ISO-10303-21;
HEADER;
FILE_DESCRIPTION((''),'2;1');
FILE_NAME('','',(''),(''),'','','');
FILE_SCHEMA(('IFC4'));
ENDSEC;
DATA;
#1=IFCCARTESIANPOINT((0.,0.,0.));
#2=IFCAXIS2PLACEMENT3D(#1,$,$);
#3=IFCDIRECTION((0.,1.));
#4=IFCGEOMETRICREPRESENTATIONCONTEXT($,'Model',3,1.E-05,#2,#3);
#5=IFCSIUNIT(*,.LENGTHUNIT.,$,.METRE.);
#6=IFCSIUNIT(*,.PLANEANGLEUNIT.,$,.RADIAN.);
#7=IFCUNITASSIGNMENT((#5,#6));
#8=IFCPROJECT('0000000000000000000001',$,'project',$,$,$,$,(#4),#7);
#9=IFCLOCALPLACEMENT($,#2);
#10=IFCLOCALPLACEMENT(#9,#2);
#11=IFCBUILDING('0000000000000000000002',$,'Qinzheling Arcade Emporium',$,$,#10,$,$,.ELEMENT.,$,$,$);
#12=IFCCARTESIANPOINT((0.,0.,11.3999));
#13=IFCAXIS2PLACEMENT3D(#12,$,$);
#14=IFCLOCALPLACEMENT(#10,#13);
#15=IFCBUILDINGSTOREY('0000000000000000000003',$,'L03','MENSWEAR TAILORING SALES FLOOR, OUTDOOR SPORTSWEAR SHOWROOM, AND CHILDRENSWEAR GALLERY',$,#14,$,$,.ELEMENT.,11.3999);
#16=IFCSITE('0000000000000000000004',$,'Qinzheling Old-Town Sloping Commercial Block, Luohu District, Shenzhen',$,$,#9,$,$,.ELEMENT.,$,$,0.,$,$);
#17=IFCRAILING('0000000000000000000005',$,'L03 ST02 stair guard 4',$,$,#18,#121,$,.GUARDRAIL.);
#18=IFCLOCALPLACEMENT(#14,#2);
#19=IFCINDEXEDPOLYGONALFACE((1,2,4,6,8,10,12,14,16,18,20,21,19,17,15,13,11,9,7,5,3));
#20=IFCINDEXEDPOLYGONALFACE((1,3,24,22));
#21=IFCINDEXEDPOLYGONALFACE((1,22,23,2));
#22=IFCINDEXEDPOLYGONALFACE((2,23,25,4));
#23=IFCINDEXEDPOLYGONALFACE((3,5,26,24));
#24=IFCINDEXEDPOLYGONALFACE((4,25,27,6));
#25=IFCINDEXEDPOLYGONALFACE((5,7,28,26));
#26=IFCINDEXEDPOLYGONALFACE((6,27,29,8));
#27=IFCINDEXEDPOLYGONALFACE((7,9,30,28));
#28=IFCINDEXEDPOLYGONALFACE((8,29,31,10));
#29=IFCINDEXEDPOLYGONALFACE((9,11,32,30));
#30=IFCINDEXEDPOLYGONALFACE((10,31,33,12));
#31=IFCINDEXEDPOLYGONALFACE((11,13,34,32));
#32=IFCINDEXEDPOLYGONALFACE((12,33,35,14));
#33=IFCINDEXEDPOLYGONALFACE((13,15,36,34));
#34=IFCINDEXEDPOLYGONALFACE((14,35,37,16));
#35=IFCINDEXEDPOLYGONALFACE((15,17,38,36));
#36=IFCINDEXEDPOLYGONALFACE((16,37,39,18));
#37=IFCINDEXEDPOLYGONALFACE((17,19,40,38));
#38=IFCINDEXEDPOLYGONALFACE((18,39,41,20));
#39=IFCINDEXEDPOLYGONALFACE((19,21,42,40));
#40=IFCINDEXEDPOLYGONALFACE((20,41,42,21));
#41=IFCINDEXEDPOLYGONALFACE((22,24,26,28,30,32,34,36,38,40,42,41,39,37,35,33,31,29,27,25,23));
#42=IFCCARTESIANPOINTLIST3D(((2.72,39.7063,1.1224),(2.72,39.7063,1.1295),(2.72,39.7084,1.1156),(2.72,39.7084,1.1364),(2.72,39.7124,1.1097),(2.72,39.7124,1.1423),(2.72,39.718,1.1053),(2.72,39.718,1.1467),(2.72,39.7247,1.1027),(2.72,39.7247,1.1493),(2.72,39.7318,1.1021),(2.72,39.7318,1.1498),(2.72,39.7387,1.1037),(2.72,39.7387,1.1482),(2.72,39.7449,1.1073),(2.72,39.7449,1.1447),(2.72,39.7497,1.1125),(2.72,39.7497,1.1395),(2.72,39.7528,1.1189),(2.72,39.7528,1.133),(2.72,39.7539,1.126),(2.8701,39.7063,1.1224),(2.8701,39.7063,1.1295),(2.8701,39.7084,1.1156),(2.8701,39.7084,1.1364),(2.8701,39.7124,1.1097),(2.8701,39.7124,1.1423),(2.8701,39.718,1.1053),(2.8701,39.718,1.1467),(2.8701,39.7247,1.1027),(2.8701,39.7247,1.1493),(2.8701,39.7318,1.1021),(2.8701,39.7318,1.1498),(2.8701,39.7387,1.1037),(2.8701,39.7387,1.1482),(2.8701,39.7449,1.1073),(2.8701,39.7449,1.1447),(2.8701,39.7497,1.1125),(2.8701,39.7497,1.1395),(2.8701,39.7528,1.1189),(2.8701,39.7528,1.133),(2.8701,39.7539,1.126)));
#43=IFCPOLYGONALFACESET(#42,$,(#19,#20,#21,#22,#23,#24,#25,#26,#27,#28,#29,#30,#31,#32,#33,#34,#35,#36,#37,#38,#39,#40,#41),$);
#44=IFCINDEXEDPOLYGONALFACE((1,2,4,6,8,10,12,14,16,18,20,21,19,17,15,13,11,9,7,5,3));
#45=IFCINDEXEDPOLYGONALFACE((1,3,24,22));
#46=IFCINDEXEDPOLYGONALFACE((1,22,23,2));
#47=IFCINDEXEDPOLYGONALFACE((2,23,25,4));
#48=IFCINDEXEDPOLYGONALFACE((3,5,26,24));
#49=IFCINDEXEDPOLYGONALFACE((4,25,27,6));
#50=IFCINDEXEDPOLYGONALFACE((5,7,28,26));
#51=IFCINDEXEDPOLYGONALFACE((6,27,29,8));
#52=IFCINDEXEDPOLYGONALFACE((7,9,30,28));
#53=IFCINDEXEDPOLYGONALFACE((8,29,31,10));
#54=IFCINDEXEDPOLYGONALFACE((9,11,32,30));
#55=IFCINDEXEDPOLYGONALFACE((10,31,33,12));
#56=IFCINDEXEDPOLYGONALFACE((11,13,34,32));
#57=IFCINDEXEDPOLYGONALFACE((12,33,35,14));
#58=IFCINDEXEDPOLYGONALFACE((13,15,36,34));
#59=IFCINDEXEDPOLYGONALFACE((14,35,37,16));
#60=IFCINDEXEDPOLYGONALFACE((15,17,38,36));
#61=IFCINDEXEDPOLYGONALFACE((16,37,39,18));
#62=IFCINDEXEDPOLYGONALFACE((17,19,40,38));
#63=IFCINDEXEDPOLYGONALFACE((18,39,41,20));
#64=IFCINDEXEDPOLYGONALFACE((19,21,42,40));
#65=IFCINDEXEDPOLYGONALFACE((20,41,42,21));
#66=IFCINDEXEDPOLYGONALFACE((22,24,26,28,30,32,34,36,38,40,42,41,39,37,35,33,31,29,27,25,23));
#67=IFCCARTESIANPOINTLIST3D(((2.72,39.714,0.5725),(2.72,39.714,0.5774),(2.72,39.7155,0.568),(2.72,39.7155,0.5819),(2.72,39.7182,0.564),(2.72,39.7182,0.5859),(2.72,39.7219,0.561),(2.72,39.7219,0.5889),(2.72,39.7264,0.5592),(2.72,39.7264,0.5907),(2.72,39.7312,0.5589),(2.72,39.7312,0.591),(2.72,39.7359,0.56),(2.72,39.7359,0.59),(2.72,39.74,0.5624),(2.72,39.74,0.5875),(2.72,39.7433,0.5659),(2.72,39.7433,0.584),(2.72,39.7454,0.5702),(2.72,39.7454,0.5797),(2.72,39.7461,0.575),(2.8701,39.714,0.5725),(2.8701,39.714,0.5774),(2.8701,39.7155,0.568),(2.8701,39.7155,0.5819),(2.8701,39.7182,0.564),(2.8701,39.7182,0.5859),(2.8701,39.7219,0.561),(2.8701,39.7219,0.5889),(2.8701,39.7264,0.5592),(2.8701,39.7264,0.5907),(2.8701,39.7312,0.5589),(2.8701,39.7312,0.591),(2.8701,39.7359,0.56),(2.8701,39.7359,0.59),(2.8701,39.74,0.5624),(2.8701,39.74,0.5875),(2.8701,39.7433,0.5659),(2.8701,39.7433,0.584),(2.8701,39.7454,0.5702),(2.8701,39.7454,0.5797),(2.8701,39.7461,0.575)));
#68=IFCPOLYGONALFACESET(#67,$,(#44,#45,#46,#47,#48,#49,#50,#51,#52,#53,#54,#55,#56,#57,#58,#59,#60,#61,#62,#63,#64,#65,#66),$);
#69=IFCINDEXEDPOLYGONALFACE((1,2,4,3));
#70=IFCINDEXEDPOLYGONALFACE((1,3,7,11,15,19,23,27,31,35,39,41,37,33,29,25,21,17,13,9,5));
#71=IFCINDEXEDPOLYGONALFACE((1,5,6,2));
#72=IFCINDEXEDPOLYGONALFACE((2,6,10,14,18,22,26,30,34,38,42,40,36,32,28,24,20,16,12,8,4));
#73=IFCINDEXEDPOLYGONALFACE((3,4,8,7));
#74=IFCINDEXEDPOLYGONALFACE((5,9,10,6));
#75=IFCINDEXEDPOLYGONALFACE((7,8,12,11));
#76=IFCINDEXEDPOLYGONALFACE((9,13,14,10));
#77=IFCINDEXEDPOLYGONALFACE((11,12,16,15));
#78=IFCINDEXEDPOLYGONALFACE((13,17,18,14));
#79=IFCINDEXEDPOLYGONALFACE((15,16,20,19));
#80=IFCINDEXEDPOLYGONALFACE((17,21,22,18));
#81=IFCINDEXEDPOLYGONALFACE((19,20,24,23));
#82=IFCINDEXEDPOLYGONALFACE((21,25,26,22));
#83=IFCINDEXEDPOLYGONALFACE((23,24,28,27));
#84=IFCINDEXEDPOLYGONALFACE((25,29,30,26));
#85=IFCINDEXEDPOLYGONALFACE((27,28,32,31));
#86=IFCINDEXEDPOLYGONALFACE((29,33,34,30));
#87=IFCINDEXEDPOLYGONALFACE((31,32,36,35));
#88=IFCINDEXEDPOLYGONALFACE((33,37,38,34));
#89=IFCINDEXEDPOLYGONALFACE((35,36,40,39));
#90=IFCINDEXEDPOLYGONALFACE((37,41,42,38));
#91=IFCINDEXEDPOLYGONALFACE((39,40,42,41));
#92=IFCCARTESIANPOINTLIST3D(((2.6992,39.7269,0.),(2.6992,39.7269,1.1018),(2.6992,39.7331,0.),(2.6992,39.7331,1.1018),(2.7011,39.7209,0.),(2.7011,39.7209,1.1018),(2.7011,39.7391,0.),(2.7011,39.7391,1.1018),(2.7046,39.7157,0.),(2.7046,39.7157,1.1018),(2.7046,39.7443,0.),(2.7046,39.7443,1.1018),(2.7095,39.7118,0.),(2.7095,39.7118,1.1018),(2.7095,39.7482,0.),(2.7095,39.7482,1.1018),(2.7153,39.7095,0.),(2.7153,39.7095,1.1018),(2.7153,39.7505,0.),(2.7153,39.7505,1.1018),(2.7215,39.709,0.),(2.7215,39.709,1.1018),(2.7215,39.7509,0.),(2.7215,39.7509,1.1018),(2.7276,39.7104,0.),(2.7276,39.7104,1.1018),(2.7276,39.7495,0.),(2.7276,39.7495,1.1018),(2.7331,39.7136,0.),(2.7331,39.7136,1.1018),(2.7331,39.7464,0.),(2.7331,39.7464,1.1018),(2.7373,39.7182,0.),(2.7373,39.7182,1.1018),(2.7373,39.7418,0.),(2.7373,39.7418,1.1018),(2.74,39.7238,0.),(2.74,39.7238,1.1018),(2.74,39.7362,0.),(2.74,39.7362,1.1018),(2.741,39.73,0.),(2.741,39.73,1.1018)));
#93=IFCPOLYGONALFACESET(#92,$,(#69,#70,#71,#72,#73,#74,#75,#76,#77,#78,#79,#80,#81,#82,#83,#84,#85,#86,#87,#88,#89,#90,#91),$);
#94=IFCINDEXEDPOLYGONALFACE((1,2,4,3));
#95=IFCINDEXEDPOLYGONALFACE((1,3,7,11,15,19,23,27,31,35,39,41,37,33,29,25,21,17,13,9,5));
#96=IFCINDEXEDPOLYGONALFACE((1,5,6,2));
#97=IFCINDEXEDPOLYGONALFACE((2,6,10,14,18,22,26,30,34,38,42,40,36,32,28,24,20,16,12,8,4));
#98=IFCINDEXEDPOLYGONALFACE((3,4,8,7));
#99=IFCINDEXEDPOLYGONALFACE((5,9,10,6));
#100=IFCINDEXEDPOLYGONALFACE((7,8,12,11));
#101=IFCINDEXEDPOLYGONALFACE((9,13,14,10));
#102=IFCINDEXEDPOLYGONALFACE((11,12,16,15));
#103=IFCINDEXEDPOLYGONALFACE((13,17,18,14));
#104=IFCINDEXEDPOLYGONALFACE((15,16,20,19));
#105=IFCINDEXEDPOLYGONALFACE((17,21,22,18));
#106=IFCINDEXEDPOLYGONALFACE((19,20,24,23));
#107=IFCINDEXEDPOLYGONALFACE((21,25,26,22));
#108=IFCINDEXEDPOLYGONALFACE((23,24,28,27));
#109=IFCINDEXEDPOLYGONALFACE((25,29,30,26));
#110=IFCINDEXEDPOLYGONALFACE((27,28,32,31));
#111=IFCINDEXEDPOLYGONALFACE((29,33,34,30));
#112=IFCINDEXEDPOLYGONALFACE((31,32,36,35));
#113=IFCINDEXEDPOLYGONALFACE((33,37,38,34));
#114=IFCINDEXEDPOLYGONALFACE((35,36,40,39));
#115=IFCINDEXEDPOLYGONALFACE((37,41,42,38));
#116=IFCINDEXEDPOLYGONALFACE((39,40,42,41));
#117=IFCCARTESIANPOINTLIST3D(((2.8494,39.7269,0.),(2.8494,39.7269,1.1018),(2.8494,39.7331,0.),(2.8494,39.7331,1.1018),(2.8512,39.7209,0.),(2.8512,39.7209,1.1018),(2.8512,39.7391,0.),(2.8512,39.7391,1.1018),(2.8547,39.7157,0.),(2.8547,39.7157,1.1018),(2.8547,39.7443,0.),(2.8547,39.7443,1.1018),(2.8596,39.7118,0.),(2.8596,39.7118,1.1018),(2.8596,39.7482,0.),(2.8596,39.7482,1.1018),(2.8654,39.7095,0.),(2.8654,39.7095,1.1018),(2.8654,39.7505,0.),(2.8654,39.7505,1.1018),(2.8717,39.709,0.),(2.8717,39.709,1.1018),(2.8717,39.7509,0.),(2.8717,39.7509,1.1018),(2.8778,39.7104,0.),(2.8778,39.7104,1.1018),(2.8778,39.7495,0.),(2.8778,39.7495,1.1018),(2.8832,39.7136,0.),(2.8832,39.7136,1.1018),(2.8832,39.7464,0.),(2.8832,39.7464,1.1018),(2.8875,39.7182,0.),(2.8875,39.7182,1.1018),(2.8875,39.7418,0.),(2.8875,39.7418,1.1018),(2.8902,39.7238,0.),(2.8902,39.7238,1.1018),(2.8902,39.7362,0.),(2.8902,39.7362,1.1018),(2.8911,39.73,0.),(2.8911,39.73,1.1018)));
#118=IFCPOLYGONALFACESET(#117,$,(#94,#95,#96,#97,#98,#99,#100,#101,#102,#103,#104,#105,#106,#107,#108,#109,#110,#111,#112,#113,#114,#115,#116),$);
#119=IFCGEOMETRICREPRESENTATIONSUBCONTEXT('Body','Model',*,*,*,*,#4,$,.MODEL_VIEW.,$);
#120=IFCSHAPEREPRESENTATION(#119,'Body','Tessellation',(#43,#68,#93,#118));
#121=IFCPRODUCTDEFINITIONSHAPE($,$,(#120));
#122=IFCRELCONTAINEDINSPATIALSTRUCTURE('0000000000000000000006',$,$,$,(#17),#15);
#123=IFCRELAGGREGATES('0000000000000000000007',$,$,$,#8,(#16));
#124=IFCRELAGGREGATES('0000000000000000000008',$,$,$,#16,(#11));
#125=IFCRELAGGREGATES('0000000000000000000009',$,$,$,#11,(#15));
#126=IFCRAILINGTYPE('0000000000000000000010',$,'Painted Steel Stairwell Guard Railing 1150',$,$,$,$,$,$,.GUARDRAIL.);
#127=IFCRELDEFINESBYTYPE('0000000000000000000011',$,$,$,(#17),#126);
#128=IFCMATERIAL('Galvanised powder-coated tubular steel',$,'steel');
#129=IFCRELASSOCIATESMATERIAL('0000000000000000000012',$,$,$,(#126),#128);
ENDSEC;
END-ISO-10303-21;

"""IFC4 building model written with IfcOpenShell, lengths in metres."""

from ifc_helpers import new_model, si_unit, direction, frame, origin, origin_2d, place, context, subcontext, project, spatial, circle, extrude, material, type_object, element, save


model = new_model("IFC4")

# Units and contexts
model_context = context("Model", 3, precision=1e-05, world=origin(), true_north=direction((0.0, 1.0)))
body_context = subcontext(model_context, "Body", "Model", "MODEL_VIEW")
ifc_project = project(units=[si_unit("LENGTHUNIT", "METRE"), si_unit("PLANEANGLEUNIT", "RADIAN")], contexts=[model_context])

# Site, building, storey
site_placement = place(None, origin())
site = spatial("IfcSite", under=ifc_project, at=site_placement, Name="Qinzheling Old-Town Sloping Commercial Block, Luohu District, Shenzhen", CompositionType="ELEMENT", RefElevation=0.0)
building_placement = place(site_placement, origin())
building = spatial("IfcBuilding", under=site, at=building_placement, Name="Qinzheling Arcade Emporium", CompositionType="ELEMENT")
storey_placement = place(building_placement, frame((0.0, 0.0, 11.3999)))
storey = spatial("IfcBuildingStorey", under=building, at=storey_placement, Name="L03", Description="MENSWEAR TAILORING SALES FLOOR, OUTDOOR SPORTSWEAR SHOWROOM, AND CHILDRENSWEAR GALLERY", CompositionType="ELEMENT", Elevation=11.3999)

# Railing
ifc_material_1 = material(Name="Galvanised powder-coated tubular steel", Category="steel")
railing_type_1 = type_object("IfcRailingType", Name="Painted Steel Stairwell Guard Railing 1150", PredefinedType="GUARDRAIL", material=ifc_material_1)
railing_1_placement = place(storey_placement, frame((2.72, 39.73, 0.0)))
element("IfcRailing", 1, at=railing_1_placement, inside=storey, type_object=railing_type_1, Name="L03 ST02 stair guard 4", PredefinedType="GUARDRAIL", context=body_context, shape_type="SweptSolid", body=[
    extrude(circle(Radius=0.0239, at=origin_2d()), frame((0.0, 0.0, 1.126), z_axis=(1.0, 0.0, 0.0), x_axis=(0.0, 1.0, 0.0)), (0.0, 0.0, 1.0), 0.1501),
    extrude(circle(Radius=0.0161, at=origin_2d()), frame((0.0, 0.0, 0.575), z_axis=(1.0, 0.0, 0.0), x_axis=(0.0, 1.0, 0.0)), (0.0, 0.0, 1.0), 0.1501),
    extrude(circle(Radius=0.021, at=origin_2d()), origin(), (0.0, 0.0, 1.0), 1.1018),
    extrude(circle(Radius=0.021, at=origin_2d()), frame((0.1501, 0.0, 0.0)), (0.0, 0.0, 1.0), 1.1018),
])

save(model, "model.ifc")
